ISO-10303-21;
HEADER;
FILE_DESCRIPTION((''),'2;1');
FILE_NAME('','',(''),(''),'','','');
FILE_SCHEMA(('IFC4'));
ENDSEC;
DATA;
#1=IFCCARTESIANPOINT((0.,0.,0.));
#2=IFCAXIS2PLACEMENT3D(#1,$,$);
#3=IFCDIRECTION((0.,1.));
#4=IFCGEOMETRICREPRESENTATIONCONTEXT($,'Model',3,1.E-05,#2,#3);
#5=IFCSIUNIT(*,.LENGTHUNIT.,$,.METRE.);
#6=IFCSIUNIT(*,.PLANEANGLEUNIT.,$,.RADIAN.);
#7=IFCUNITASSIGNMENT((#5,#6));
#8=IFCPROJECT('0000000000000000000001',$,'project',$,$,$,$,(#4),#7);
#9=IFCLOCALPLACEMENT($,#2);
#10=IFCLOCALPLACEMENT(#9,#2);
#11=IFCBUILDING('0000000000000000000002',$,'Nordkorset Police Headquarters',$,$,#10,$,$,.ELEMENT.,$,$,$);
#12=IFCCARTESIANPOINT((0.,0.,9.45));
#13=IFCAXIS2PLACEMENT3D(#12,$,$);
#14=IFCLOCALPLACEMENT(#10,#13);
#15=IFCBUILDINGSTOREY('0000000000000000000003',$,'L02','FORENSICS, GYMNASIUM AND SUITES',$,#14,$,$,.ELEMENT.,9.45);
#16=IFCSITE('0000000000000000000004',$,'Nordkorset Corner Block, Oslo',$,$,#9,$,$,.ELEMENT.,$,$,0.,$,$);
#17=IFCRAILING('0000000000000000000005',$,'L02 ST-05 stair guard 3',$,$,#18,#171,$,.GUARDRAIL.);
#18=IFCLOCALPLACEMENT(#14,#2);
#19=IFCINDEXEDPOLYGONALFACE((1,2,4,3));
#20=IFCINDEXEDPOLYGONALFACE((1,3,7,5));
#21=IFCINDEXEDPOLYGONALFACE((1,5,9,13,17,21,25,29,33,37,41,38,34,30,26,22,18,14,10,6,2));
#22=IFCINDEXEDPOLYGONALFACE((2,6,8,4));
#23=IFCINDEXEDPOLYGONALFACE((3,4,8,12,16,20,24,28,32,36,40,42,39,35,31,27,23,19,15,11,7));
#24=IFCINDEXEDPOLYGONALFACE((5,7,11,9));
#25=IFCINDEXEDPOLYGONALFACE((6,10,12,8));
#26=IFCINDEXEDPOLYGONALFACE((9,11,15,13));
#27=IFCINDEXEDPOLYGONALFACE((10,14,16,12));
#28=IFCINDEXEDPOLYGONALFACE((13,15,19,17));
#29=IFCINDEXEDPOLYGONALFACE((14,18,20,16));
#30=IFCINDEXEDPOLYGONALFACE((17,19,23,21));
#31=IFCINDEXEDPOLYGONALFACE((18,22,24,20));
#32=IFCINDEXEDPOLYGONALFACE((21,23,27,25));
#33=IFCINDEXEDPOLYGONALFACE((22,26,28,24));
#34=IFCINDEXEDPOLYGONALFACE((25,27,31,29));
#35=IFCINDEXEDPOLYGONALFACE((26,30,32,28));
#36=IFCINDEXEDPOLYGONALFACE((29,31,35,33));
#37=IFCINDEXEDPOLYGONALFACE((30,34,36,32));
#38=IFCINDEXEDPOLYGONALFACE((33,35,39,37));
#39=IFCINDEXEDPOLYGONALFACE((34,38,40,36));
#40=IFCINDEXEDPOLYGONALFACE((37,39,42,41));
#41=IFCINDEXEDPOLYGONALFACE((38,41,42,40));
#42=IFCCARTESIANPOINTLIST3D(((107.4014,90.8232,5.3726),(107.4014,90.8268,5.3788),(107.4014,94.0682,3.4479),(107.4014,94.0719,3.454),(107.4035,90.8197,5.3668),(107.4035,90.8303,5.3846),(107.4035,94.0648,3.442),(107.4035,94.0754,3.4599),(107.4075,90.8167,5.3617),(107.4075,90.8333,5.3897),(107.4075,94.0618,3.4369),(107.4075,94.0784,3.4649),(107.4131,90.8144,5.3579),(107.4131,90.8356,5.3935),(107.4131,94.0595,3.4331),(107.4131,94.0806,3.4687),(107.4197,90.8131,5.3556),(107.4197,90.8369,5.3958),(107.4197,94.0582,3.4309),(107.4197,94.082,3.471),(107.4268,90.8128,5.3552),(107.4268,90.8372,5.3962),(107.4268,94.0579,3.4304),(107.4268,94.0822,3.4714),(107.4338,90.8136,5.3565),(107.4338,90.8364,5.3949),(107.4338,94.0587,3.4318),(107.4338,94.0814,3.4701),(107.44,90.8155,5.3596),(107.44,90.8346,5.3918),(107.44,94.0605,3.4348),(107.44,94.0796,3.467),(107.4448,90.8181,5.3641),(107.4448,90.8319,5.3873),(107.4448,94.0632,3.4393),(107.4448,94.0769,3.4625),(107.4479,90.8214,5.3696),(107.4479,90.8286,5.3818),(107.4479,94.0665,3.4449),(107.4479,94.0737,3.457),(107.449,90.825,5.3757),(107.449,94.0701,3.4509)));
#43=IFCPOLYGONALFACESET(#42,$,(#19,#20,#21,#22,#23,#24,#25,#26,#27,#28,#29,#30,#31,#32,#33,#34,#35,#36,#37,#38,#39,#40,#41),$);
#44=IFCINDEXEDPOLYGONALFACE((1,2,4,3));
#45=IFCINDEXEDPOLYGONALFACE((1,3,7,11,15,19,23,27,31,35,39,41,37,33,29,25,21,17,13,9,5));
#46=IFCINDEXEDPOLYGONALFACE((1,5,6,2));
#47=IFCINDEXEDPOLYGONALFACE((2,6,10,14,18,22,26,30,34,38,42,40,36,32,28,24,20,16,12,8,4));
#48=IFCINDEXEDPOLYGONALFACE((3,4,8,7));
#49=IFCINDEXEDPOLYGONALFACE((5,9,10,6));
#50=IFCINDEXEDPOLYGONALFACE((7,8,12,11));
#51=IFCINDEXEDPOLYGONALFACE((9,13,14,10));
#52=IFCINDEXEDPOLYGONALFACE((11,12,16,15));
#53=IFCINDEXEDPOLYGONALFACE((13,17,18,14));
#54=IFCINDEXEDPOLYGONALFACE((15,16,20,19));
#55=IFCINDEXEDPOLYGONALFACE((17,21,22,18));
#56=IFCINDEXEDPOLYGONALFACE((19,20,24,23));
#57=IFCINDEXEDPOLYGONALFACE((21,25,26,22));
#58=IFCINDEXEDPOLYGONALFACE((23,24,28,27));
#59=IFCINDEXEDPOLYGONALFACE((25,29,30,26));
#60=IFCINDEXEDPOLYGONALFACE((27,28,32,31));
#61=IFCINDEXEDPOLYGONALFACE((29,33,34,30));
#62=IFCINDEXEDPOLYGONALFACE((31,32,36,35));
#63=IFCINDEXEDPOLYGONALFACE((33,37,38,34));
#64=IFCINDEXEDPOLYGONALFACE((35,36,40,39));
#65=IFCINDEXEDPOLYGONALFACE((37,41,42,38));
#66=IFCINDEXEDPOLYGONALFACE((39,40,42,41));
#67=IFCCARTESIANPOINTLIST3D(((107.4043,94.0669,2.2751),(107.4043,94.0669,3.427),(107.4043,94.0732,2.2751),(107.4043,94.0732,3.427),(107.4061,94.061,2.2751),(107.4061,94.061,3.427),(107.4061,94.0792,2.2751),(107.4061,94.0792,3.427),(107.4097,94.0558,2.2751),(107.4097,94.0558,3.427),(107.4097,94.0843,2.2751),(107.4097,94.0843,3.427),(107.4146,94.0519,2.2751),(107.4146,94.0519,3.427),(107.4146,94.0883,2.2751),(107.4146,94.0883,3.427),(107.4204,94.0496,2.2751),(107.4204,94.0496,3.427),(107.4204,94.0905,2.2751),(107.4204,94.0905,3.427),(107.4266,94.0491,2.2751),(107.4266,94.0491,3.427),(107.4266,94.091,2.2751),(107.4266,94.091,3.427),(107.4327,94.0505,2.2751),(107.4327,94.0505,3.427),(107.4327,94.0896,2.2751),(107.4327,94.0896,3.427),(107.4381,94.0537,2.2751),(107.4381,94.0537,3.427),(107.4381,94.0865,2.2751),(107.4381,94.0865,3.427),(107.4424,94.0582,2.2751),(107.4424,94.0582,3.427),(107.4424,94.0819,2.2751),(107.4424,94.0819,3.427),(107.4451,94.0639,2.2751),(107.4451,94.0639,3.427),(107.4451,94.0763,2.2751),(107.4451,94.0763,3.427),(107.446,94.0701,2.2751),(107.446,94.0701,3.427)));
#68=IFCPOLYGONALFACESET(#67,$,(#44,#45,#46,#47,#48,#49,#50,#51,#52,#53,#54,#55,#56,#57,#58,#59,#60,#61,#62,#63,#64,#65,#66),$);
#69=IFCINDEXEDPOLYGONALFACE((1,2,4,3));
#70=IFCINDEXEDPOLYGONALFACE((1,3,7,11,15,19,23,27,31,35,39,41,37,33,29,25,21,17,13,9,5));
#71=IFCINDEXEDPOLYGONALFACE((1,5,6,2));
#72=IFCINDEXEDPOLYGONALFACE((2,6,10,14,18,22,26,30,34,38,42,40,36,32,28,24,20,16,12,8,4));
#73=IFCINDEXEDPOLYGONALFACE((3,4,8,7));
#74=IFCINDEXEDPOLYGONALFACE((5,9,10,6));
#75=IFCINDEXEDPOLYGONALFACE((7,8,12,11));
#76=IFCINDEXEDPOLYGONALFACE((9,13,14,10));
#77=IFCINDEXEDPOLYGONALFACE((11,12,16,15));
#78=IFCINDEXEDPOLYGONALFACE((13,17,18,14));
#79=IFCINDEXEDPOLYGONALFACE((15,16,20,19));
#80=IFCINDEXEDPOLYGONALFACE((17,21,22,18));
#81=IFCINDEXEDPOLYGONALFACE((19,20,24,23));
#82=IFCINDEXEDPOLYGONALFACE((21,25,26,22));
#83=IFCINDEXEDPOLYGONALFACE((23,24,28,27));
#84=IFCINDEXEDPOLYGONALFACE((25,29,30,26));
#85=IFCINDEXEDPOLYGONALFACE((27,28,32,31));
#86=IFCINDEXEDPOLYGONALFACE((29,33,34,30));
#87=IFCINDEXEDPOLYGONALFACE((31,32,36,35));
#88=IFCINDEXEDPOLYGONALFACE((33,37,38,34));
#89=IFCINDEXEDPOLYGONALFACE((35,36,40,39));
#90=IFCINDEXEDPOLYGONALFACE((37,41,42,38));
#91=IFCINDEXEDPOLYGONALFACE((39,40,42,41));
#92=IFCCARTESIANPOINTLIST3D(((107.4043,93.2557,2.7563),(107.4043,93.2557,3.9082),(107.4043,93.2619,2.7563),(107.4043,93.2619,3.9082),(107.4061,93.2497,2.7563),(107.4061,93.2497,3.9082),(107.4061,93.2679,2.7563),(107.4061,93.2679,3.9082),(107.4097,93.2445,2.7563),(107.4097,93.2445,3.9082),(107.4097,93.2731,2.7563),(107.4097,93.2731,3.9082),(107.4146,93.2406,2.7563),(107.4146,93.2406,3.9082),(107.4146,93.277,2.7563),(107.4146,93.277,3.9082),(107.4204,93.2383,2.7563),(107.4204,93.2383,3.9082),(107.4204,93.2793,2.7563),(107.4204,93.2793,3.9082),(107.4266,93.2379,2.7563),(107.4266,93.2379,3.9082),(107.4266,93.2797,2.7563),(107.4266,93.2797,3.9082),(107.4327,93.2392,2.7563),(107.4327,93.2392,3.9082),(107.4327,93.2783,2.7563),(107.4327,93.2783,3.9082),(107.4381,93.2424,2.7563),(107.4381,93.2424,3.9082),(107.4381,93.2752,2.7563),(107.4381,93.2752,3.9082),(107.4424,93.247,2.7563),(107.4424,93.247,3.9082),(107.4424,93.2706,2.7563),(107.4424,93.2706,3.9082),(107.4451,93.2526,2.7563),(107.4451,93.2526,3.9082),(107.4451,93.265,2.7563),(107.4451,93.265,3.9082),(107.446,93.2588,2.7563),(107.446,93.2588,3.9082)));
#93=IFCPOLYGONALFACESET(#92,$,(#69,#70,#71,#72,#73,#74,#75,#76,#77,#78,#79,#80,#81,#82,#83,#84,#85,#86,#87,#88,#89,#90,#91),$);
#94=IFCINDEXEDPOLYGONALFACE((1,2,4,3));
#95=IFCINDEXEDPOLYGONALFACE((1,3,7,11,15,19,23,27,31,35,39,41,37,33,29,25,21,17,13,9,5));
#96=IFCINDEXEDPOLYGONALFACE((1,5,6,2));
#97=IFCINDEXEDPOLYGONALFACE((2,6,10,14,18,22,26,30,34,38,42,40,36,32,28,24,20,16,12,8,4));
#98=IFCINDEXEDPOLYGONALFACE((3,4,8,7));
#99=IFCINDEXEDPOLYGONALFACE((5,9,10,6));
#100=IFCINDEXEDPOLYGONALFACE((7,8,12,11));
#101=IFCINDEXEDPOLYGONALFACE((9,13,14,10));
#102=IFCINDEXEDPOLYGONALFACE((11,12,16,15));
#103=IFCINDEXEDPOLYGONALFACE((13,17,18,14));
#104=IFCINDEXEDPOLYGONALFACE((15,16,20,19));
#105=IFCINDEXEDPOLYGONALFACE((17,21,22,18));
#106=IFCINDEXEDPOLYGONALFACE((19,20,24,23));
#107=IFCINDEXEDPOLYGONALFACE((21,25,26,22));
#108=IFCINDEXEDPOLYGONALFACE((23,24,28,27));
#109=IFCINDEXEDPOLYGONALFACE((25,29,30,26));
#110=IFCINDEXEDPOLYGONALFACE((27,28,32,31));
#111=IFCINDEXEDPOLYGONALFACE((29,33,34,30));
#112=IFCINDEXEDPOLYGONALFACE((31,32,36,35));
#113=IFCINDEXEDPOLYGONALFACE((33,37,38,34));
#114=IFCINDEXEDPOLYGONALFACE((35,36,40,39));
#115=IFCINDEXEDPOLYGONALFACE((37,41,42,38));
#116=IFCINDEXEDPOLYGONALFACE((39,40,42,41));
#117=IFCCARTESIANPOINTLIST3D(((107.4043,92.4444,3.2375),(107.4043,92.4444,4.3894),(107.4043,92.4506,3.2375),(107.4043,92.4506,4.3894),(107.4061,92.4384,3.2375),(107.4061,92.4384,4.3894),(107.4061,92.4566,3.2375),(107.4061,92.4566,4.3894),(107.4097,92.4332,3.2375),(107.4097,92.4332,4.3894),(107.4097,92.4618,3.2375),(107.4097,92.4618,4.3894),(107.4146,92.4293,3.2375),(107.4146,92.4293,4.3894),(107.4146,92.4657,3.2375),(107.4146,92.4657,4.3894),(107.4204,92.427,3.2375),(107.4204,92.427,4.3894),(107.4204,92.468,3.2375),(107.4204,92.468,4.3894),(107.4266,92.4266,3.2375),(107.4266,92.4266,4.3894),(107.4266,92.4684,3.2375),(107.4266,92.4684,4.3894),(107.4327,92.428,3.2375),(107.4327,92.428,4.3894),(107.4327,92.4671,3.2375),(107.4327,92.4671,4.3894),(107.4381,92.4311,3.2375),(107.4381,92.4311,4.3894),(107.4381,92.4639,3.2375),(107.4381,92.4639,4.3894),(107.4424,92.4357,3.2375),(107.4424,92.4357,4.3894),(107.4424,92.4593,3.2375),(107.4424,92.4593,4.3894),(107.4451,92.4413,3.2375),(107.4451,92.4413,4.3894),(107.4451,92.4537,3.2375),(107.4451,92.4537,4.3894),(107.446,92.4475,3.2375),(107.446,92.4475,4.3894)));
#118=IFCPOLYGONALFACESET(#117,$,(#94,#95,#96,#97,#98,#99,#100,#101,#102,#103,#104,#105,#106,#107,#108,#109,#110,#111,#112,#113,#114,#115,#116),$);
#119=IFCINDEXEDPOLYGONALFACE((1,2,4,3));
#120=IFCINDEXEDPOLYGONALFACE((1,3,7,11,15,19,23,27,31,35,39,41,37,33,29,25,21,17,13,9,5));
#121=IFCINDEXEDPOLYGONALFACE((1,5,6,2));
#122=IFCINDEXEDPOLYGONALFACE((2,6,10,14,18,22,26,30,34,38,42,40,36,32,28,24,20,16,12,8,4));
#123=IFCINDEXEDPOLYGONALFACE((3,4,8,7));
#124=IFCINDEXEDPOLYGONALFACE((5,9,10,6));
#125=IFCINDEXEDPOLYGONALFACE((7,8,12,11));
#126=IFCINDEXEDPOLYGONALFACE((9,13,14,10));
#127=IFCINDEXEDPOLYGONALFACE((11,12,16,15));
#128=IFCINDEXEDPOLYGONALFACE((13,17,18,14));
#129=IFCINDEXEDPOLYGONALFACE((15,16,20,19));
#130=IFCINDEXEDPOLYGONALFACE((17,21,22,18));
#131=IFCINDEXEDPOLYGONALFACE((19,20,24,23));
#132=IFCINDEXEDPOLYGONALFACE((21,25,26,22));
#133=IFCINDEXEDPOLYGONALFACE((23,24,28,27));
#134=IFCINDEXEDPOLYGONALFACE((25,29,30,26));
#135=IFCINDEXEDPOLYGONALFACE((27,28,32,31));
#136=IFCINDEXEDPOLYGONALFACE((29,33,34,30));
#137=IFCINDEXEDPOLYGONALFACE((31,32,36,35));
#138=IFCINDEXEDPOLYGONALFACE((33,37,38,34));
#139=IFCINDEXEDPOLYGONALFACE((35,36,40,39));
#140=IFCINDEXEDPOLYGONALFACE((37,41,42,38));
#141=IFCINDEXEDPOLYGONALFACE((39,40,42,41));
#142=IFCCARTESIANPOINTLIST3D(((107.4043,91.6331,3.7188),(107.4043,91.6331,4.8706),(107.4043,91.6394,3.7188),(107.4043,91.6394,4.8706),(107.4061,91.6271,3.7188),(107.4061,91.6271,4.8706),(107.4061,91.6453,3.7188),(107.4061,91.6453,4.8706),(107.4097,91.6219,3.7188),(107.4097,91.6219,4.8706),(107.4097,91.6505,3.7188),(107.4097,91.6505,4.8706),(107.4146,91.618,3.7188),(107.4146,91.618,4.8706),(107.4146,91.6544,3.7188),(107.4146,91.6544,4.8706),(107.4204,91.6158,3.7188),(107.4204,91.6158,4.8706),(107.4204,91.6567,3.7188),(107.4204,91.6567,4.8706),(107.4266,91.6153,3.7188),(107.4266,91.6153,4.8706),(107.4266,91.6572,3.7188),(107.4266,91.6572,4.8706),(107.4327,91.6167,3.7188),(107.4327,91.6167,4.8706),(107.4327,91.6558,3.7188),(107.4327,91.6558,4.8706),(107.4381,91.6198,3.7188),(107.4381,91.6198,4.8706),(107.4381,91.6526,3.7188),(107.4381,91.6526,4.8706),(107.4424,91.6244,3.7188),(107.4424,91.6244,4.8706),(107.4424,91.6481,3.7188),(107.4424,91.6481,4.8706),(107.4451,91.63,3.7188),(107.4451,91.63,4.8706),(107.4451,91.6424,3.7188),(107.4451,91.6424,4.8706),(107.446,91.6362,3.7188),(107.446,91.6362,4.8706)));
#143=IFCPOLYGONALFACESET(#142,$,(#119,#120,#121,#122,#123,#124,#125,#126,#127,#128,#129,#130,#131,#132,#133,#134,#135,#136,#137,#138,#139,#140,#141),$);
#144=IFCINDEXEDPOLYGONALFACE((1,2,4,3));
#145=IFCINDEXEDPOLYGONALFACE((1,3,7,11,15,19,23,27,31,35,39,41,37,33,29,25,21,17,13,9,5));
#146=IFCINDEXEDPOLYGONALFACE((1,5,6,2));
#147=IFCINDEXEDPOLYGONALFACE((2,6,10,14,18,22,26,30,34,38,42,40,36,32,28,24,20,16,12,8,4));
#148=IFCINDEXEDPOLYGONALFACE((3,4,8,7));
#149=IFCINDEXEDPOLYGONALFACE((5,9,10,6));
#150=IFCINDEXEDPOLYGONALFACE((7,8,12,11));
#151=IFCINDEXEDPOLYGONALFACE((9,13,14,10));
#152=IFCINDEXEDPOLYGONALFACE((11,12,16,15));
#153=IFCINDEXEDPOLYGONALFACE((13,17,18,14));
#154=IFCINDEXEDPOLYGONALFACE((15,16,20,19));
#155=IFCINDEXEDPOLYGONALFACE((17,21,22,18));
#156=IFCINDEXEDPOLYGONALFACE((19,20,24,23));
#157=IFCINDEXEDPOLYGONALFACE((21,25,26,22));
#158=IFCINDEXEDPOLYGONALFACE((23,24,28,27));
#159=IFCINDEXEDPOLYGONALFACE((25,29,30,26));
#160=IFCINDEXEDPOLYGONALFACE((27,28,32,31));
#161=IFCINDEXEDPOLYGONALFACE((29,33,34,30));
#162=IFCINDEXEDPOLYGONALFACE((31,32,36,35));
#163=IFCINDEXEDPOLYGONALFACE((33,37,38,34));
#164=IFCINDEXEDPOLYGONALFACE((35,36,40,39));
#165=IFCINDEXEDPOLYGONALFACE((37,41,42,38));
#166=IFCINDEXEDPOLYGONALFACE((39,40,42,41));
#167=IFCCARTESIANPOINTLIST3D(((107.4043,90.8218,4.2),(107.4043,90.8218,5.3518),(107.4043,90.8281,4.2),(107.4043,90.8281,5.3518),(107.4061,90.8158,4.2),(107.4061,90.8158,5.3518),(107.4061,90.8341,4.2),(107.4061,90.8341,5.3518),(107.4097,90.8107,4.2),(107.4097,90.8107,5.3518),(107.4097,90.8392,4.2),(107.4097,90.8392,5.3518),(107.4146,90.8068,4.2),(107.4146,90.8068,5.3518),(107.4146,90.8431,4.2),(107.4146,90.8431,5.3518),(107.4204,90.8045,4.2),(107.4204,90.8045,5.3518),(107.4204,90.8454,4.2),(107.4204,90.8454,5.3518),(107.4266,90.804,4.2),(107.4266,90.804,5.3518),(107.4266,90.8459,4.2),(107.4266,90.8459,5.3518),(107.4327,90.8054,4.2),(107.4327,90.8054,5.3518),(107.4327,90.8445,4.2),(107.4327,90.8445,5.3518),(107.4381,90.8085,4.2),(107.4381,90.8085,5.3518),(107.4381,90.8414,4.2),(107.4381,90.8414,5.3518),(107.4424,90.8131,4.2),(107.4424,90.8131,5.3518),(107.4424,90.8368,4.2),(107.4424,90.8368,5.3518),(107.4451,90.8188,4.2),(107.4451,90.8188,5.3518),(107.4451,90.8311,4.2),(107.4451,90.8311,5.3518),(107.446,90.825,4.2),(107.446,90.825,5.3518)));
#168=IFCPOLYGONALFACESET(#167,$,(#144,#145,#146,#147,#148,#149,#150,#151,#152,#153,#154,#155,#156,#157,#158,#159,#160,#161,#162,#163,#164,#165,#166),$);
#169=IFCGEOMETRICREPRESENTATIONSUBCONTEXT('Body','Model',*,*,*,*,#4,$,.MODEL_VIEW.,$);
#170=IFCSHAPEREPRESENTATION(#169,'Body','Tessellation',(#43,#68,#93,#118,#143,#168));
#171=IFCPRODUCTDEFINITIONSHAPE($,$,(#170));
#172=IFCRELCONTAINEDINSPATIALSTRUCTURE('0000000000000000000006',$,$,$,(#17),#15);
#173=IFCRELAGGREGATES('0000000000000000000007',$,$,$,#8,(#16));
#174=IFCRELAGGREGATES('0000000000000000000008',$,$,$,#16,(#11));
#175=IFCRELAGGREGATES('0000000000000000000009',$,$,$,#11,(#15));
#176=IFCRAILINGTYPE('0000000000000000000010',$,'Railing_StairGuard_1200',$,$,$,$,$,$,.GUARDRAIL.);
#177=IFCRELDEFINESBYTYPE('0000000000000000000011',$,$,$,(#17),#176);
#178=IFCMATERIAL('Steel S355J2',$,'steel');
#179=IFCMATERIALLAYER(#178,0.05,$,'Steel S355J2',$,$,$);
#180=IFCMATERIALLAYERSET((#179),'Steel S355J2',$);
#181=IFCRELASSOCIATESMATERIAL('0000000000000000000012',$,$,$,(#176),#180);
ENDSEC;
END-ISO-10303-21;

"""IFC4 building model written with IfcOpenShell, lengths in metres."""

from ifc_helpers import new_model, si_unit, direction, frame, origin, origin_2d, place, context, subcontext, project, spatial, circle, extrude, material, layer, layer_set, type_object, element, save


model = new_model("IFC4")

# Units and contexts
model_context = context("Model", 3, precision=1e-05, world=origin(), true_north=direction((0.0, 1.0)))
body_context = subcontext(model_context, "Body", "Model", "MODEL_VIEW")
ifc_project = project(units=[si_unit("LENGTHUNIT", "METRE"), si_unit("PLANEANGLEUNIT", "RADIAN")], contexts=[model_context])

# Site, building, storey
site_placement = place(None, origin())
site = spatial("IfcSite", under=ifc_project, at=site_placement, Name="Nordkorset Corner Block, Oslo", CompositionType="ELEMENT", RefElevation=0.0)
building_placement = place(site_placement, origin())
building = spatial("IfcBuilding", under=site, at=building_placement, Name="Nordkorset Police Headquarters", CompositionType="ELEMENT")
storey_placement = place(building_placement, frame((0.0, 0.0, 9.45)))
storey = spatial("IfcBuildingStorey", under=building, at=storey_placement, Name="L02", Description="FORENSICS, GYMNASIUM AND SUITES", CompositionType="ELEMENT", Elevation=9.45)

# Railing
ifc_material_1 = material(Name="Steel S355J2", Category="steel")
ifc_layer_1 = layer(ifc_material_1, 0.05, Name="Steel S355J2")
ifc_layer_set_1 = layer_set([ifc_layer_1], Name="Steel S355J2")
railing_type_1 = type_object("IfcRailingType", Name="Railing_StairGuard_1200", PredefinedType="GUARDRAIL", material=ifc_layer_set_1)
railing_1_placement = place(storey_placement, frame((107.425, 94.0701, 2.2751)))
element("IfcRailing", 1, at=railing_1_placement, inside=storey, type_object=railing_type_1, Name="L02 ST-05 stair guard 3", PredefinedType="GUARDRAIL", context=body_context, shape_type="SweptSolid", body=[
    extrude(circle(Radius=0.0239, at=origin_2d()), frame((0.0, 0.0, 1.1758), z_axis=(0.0, -0.860085, 0.51015), x_axis=(1.0, 0.0, 0.0)), (0.0, 0.0, 1.0), 3.7729),
    extrude(circle(Radius=0.021, at=origin_2d()), origin(), (0.0, 0.0, 1.0), 1.1519),
    extrude(circle(Radius=0.021, at=origin_2d()), frame((0.0, -0.8113, 0.4812)), (0.0, 0.0, 1.0), 1.1519),
    extrude(circle(Radius=0.021, at=origin_2d()), frame((0.0, -1.6226, 0.9624)), (0.0, 0.0, 1.0), 1.1519),
    extrude(circle(Radius=0.021, at=origin_2d()), frame((0.0, -2.4338, 1.4436)), (0.0, 0.0, 1.0), 1.1519),
    extrude(circle(Radius=0.021, at=origin_2d()), frame((0.0, -3.2451, 1.9248)), (0.0, 0.0, 1.0), 1.1519),
])

save(model, "model.ifc")
